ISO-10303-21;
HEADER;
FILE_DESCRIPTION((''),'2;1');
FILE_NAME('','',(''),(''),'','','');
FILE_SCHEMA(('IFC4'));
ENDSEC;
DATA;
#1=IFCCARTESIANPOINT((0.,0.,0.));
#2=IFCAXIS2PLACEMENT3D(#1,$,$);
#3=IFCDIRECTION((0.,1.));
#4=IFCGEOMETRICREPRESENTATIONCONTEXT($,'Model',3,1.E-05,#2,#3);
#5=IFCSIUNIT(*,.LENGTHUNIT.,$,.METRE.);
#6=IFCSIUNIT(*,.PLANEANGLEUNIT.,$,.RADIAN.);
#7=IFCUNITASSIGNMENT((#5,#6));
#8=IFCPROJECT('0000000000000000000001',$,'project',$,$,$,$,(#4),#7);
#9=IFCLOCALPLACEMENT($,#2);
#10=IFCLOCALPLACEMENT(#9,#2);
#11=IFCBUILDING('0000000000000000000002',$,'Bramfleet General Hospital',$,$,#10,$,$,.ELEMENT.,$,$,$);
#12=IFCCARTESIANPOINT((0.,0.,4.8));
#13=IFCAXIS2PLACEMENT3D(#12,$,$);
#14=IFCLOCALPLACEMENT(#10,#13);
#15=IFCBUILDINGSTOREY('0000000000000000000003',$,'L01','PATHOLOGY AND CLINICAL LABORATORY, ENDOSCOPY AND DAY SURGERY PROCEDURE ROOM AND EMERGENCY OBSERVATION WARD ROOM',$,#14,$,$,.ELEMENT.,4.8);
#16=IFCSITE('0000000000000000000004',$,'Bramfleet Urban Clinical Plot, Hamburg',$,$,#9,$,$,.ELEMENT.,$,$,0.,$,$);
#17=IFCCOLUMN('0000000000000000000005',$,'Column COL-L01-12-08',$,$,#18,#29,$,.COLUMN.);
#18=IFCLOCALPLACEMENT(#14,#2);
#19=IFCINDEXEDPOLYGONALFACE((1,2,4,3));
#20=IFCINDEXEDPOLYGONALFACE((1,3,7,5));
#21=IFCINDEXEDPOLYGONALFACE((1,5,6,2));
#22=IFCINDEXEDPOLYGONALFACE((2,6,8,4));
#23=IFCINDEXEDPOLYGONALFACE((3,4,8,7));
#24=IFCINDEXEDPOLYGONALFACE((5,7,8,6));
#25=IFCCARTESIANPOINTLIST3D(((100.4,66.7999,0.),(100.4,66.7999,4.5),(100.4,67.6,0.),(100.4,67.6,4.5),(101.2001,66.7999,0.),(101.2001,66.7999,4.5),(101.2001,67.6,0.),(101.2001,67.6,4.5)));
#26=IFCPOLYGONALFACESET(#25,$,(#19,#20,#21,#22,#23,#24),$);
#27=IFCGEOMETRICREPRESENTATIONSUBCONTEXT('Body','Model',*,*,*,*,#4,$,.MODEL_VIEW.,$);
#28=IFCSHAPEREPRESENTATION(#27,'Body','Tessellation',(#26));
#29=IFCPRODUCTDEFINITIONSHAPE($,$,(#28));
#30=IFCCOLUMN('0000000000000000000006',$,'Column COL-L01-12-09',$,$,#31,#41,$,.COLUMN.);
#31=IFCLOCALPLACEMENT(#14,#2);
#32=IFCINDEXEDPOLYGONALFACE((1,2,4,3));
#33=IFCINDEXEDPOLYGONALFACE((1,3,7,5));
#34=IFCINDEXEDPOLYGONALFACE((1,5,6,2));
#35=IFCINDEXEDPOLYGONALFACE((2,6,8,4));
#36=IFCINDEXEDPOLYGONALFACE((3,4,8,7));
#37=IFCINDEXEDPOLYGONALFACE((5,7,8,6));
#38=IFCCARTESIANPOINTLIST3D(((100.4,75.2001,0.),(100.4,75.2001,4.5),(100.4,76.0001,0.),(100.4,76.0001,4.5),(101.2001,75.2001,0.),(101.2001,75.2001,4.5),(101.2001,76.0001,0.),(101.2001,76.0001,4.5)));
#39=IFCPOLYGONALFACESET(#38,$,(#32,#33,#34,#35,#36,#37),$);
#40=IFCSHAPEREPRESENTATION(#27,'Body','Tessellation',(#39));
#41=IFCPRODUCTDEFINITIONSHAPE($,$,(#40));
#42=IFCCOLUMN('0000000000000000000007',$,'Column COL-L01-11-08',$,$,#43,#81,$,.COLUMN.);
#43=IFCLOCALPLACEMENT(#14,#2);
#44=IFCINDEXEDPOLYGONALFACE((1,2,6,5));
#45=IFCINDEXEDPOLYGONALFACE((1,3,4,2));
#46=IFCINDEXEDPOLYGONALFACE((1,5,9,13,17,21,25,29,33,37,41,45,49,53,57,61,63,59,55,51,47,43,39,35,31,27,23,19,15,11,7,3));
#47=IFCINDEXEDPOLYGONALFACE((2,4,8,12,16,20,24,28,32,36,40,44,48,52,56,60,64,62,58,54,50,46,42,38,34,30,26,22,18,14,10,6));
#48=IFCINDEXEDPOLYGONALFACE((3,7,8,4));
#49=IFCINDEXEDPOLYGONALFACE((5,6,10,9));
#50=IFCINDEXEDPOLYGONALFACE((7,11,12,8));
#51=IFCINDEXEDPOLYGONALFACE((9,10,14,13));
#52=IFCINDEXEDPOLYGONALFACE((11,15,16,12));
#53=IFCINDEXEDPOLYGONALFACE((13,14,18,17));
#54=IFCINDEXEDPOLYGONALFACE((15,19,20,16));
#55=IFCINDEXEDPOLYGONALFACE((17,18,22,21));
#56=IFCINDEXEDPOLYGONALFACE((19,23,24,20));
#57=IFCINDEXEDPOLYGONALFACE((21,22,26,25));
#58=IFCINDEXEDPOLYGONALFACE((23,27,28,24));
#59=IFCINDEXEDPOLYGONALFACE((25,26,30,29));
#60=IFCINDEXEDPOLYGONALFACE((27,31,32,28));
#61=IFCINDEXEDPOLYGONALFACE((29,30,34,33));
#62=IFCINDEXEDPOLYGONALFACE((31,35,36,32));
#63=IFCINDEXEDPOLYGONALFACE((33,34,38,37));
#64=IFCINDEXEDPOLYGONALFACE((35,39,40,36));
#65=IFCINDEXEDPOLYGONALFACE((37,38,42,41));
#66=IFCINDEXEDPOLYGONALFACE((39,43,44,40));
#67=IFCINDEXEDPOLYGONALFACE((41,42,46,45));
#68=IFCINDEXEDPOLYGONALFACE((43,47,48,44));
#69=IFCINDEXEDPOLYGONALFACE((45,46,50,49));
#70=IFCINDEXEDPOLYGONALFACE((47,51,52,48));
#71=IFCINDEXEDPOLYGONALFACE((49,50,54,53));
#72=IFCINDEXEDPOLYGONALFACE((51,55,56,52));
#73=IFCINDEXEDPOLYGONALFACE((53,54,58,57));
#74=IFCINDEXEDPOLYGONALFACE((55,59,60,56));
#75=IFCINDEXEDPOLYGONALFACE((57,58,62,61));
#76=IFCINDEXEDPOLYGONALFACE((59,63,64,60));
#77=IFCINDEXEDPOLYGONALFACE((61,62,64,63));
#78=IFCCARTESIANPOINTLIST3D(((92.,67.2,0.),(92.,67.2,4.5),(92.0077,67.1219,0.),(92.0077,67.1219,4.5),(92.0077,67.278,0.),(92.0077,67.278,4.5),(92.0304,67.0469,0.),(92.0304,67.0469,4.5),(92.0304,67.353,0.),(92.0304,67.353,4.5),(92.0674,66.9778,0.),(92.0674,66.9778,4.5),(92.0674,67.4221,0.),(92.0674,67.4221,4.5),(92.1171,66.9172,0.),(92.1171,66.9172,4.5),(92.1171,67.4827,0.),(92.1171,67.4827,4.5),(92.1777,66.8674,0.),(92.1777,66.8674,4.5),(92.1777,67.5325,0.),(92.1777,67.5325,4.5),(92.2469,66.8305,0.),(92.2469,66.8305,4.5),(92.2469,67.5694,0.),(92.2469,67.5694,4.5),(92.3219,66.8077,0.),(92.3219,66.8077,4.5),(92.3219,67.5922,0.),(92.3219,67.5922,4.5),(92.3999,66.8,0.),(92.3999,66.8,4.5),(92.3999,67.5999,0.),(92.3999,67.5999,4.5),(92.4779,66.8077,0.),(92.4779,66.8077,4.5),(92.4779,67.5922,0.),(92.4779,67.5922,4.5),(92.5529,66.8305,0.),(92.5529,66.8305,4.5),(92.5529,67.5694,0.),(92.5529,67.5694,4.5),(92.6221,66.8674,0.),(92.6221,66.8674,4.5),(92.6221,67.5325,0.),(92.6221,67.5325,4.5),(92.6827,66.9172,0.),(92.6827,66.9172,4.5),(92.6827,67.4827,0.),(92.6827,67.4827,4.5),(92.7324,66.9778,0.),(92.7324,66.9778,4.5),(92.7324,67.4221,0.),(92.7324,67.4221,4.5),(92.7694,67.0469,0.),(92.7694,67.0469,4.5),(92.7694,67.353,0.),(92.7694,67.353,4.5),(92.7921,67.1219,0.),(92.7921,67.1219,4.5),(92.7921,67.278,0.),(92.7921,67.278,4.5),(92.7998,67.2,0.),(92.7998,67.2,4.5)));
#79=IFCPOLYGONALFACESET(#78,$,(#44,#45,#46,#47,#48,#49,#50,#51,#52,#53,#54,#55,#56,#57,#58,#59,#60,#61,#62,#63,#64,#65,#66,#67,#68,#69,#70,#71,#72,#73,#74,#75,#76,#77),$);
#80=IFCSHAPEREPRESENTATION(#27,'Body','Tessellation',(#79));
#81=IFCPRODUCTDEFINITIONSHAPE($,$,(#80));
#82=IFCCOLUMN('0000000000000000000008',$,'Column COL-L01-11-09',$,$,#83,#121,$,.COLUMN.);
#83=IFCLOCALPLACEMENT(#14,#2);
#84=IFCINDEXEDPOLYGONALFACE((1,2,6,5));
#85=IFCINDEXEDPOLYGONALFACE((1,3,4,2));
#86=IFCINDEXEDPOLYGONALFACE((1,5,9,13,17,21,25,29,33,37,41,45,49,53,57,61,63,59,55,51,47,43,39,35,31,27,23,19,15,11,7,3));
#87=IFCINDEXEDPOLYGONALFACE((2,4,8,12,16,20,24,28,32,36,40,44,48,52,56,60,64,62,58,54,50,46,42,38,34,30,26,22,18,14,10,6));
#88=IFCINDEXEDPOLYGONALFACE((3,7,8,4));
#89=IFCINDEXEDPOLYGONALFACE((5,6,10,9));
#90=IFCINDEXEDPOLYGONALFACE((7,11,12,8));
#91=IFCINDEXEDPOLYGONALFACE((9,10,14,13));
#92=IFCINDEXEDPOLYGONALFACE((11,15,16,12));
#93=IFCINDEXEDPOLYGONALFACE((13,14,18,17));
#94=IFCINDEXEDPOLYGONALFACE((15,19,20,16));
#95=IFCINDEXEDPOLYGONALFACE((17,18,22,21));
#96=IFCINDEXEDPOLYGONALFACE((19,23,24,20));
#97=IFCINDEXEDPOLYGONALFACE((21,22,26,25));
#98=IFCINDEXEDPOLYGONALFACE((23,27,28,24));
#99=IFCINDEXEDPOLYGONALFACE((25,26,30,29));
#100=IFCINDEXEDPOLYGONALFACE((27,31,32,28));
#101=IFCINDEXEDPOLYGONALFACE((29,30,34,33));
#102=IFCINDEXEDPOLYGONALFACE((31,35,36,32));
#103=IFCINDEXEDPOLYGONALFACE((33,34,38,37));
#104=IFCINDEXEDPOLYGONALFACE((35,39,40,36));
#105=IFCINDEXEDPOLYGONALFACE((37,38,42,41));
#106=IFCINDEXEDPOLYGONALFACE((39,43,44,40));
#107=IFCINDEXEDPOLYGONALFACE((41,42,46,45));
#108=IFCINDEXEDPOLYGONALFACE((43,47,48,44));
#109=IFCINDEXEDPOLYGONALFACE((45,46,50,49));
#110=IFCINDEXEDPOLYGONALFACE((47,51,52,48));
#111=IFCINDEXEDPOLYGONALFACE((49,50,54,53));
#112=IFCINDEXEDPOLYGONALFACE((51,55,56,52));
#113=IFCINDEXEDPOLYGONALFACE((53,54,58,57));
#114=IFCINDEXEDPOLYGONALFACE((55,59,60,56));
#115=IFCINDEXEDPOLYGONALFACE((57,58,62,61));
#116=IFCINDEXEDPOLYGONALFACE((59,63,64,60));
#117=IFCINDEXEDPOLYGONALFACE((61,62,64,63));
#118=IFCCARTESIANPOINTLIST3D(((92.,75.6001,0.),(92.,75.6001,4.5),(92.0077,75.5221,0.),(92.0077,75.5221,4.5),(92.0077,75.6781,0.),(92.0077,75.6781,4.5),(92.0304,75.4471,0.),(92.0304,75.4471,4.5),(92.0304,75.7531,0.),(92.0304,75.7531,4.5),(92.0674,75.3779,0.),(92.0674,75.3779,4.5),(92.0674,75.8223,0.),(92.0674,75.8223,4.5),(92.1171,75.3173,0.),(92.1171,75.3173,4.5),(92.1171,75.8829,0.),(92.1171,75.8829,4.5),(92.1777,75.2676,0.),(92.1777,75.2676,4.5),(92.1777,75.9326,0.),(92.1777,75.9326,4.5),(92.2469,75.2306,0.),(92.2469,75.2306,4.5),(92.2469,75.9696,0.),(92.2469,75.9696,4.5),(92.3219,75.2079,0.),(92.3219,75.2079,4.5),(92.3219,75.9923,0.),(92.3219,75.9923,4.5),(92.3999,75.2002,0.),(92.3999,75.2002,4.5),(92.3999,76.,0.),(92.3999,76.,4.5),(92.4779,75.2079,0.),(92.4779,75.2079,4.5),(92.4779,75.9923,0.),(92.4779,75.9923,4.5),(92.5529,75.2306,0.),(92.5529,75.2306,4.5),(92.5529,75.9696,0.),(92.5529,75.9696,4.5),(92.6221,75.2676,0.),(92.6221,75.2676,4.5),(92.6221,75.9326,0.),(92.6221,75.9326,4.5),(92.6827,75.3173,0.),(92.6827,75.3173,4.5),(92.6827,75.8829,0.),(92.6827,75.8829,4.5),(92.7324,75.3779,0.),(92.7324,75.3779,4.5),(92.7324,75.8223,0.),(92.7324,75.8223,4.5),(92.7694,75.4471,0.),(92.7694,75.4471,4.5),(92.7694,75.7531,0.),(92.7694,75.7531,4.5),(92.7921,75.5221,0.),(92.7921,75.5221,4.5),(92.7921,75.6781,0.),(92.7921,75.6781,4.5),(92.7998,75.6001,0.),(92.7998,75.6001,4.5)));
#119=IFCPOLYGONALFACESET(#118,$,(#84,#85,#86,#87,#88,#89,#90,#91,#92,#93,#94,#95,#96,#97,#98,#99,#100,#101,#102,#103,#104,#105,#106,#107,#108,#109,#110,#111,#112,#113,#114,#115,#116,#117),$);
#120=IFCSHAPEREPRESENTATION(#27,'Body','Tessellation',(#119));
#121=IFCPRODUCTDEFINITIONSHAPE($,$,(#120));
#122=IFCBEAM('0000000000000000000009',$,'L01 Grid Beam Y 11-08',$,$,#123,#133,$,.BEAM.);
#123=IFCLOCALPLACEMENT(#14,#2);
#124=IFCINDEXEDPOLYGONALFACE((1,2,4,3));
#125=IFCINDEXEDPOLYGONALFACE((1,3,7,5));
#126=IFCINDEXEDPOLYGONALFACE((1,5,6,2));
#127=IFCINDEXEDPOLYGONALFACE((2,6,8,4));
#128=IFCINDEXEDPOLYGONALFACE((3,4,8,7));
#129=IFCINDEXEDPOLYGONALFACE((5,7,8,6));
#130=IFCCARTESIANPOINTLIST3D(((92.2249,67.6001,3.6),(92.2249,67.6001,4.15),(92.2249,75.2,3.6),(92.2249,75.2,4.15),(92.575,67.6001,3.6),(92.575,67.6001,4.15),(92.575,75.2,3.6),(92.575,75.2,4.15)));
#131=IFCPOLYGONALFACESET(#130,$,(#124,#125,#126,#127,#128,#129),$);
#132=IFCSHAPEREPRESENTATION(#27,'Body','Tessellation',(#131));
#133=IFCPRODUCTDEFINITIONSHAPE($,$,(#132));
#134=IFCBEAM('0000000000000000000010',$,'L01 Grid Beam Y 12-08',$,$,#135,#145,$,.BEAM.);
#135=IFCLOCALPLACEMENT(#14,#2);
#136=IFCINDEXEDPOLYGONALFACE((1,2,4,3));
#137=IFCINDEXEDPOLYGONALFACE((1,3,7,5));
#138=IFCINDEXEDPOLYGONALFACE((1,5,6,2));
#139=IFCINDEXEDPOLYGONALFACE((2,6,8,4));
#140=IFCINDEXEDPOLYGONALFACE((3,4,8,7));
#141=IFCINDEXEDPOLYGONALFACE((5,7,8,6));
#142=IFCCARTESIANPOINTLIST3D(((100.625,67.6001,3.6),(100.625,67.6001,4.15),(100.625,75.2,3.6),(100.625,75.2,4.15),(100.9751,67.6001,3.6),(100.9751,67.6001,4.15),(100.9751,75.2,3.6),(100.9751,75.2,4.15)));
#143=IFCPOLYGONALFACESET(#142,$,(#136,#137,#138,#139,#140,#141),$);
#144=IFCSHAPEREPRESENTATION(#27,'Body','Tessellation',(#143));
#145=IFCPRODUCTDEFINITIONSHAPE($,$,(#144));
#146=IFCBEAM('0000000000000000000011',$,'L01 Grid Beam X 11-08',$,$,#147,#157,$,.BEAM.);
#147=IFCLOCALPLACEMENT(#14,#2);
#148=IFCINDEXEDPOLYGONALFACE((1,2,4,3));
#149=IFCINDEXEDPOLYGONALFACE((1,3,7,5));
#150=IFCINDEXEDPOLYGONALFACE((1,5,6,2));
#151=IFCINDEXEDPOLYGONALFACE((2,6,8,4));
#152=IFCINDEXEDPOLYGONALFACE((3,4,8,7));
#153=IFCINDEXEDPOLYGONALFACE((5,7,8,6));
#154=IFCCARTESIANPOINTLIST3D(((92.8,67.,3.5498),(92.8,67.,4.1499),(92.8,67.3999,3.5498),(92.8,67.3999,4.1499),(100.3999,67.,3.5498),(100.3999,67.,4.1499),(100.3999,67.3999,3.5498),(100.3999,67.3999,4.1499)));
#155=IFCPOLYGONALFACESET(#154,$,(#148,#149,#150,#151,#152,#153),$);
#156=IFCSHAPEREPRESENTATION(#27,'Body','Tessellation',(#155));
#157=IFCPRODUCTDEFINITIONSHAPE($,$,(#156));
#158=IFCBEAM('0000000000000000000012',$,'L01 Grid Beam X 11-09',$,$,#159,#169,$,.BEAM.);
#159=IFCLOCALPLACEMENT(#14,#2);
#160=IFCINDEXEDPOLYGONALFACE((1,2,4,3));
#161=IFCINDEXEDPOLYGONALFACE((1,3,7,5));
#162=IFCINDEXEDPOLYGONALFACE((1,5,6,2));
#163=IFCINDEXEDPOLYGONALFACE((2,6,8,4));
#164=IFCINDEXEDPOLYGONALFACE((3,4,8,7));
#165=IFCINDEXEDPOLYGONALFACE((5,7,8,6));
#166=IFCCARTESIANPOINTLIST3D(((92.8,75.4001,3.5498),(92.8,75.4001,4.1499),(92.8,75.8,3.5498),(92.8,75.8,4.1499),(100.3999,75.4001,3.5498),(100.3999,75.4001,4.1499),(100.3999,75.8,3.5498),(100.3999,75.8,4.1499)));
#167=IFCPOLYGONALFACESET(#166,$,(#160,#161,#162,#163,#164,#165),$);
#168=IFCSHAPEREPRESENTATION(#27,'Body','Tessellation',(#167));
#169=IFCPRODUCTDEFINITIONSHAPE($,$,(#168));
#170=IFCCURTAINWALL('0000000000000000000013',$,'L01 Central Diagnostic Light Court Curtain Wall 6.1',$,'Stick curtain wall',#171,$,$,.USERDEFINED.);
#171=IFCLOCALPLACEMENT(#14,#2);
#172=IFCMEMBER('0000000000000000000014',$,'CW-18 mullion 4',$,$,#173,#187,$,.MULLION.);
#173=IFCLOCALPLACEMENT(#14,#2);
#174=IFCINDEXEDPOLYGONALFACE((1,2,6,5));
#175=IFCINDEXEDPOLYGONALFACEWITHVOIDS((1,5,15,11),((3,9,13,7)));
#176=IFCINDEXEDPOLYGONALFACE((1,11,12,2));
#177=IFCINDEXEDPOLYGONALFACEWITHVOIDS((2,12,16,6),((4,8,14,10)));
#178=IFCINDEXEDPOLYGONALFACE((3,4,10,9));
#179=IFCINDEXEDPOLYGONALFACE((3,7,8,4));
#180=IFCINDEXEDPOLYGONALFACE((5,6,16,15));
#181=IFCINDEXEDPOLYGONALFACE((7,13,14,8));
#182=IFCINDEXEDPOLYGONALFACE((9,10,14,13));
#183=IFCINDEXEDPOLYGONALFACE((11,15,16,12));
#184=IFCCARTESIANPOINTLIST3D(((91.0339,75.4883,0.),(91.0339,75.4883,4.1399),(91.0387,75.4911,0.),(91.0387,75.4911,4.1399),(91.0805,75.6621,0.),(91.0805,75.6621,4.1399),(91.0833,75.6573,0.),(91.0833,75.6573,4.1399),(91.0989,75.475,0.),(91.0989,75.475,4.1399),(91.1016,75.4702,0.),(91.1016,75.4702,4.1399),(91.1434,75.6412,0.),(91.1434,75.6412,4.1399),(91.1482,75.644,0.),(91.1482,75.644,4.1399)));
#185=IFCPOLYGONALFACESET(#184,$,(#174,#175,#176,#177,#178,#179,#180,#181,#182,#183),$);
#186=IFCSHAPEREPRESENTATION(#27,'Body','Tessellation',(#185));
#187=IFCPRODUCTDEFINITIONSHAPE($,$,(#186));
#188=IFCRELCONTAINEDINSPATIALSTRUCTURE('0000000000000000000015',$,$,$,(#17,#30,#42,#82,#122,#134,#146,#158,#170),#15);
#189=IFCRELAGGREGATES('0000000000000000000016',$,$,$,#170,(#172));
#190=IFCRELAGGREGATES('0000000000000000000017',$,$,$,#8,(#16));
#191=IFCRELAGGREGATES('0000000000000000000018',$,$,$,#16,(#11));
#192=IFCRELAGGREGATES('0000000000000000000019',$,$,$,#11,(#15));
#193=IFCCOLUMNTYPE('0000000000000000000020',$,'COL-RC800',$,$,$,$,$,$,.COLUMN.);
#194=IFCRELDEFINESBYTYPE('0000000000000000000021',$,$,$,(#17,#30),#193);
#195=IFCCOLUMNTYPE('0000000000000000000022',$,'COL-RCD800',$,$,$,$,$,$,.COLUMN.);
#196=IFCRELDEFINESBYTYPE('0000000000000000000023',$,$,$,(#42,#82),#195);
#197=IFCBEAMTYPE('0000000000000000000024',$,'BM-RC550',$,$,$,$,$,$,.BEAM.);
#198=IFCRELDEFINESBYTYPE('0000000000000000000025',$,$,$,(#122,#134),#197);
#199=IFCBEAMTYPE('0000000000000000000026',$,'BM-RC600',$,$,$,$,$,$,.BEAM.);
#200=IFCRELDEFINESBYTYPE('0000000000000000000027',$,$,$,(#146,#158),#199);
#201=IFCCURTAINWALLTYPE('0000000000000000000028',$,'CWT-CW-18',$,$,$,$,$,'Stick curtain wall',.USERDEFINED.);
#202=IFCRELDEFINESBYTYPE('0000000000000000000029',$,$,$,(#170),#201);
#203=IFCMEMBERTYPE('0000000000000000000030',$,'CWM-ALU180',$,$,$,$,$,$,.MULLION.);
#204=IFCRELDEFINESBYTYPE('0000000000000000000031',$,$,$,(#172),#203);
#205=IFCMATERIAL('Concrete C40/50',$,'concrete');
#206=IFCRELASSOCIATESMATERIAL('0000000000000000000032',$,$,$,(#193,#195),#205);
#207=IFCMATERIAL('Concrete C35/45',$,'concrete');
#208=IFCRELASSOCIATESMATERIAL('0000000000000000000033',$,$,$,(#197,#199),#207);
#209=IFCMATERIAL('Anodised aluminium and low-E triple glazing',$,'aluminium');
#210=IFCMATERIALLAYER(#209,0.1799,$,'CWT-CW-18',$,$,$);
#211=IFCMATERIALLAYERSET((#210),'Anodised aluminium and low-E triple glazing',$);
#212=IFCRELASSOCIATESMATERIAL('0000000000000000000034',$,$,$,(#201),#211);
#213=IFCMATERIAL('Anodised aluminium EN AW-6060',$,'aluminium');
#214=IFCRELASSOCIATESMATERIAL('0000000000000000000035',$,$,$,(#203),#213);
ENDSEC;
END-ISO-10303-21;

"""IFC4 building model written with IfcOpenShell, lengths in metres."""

from ifc_helpers import new_model, si_unit, direction, frame, origin, origin_2d, place, context, subcontext, project, spatial, rectangle, hollow_rectangle, circle, extrude, material, layer, layer_set, material_profile, profile_set, type_object, element, aggregate, save


model = new_model("IFC4")

# Units and contexts
model_context = context("Model", 3, precision=1e-05, world=origin(), true_north=direction((0.0, 1.0)))
body_context = subcontext(model_context, "Body", "Model", "MODEL_VIEW")
ifc_project = project(units=[si_unit("LENGTHUNIT", "METRE"), si_unit("PLANEANGLEUNIT", "RADIAN")], contexts=[model_context])

# Site, building, storey
site_placement = place(None, origin())
site = spatial("IfcSite", under=ifc_project, at=site_placement, Name="Bramfleet Urban Clinical Plot, Hamburg", CompositionType="ELEMENT", RefElevation=0.0)
building_placement = place(site_placement, origin())
building = spatial("IfcBuilding", under=site, at=building_placement, Name="Bramfleet General Hospital", CompositionType="ELEMENT")
storey_placement = place(building_placement, frame((0.0, 0.0, 4.8)))
storey = spatial("IfcBuildingStorey", under=building, at=storey_placement, Name="L01", Description="PATHOLOGY AND CLINICAL LABORATORY, ENDOSCOPY AND DAY SURGERY PROCEDURE ROOM AND EMERGENCY OBSERVATION WARD ROOM", CompositionType="ELEMENT", Elevation=4.8)

# Columns
ifc_material_1 = material(Name="Concrete C40/50", Category="concrete")
ifc_material_profile_1 = material_profile(ifc_material_1, rectangle(XDim=0.8, YDim=0.8, at=origin_2d()), Name="RC COL 800x800")
ifc_profile_set_1 = profile_set([ifc_material_profile_1], Name="Concrete C40/50")
column_type_1 = type_object("IfcColumnType", Name="COL-RC800", PredefinedType="COLUMN", material=ifc_profile_set_1)
for number, where, z_axis, x_axis, name in (
    (1, (100.8, 67.2, 0.0), (0.0, 0.0, 1.0), (1.0, 0.0, 0.0), "Column COL-L01-12-08"),
    (2, (100.8, 75.6001, 0.0), (0.0, 0.0, 1.0), (1.0, 0.0, 0.0), "Column COL-L01-12-09"),
):
    element("IfcColumn", number, at=place(storey_placement, frame(where, z_axis=z_axis, x_axis=x_axis)), inside=storey, type_object=column_type_1, Name=name, PredefinedType="COLUMN", context=body_context, shape_type="SweptSolid", body=[
        extrude(rectangle(XDim=0.8, YDim=0.8, at=origin_2d()), origin(), (0.0, 0.0, 1.0), 4.5),
    ])
ifc_material_profile_2 = material_profile(ifc_material_1, circle(Radius=0.3999, at=origin_2d()), Name="RC ROUND D800")
ifc_profile_set_2 = profile_set([ifc_material_profile_2], Name="Concrete C40/50")
column_type_2 = type_object("IfcColumnType", Name="COL-RCD800", PredefinedType="COLUMN", material=ifc_profile_set_2)
for number, where, z_axis, x_axis, name in (
    (3, (92.3999, 67.2, 0.0), (0.0, 0.0, 1.0), (1.0, 0.0, 0.0), "Column COL-L01-11-08"),
    (4, (92.3999, 75.6001, 0.0), (0.0, 0.0, 1.0), (1.0, 0.0, 0.0), "Column COL-L01-11-09"),
):
    element("IfcColumn", number, at=place(storey_placement, frame(where, z_axis=z_axis, x_axis=x_axis)), inside=storey, type_object=column_type_2, Name=name, PredefinedType="COLUMN", context=body_context, shape_type="SweptSolid", body=[
        extrude(circle(Radius=0.3999, at=origin_2d()), origin(), (0.0, 0.0, 1.0), 4.5),
    ])

# Beams
ifc_material_2 = material(Name="Concrete C35/45", Category="concrete")
ifc_material_profile_3 = material_profile(ifc_material_2, rectangle(XDim=0.3501, YDim=0.55, at=origin_2d()), Name="RC BM 550x350")
ifc_profile_set_3 = profile_set([ifc_material_profile_3], Name="Concrete C35/45")
beam_type_1 = type_object("IfcBeamType", Name="BM-RC550", PredefinedType="BEAM", material=ifc_profile_set_3)
for number, where, z_axis, x_axis, name in (
    (5, (92.3999, 67.6001, 3.875), (0.0, 1.0, 0.0), (-1.0, 0.0, 0.0), "L01 Grid Beam Y 11-08"),
    (6, (100.8, 67.6001, 3.875), (0.0, 1.0, 0.0), (-1.0, 0.0, 0.0), "L01 Grid Beam Y 12-08"),
):
    element("IfcBeam", number, at=place(storey_placement, frame(where, z_axis=z_axis, x_axis=x_axis)), inside=storey, type_object=beam_type_1, Name=name, PredefinedType="BEAM", context=body_context, shape_type="SweptSolid", body=[
        extrude(rectangle(XDim=0.3501, YDim=0.55, at=origin_2d()), origin(), (0.0, 0.0, 1.0), 7.5999),
    ])
ifc_material_profile_4 = material_profile(ifc_material_2, rectangle(XDim=0.3999, YDim=0.6001, at=origin_2d()), Name="RC BM 600x400")
ifc_profile_set_4 = profile_set([ifc_material_profile_4], Name="Concrete C35/45")
beam_type_2 = type_object("IfcBeamType", Name="BM-RC600", PredefinedType="BEAM", material=ifc_profile_set_4)
for number, where, z_axis, x_axis, name in (
    (7, (92.8, 67.2, 3.8499), (1.0, 0.0, 0.0), (0.0, 1.0, 0.0), "L01 Grid Beam X 11-08"),
    (8, (92.8, 75.6001, 3.8499), (1.0, 0.0, 0.0), (0.0, 1.0, 0.0), "L01 Grid Beam X 11-09"),
):
    element("IfcBeam", number, at=place(storey_placement, frame(where, z_axis=z_axis, x_axis=x_axis)), inside=storey, type_object=beam_type_2, Name=name, PredefinedType="BEAM", context=body_context, shape_type="SweptSolid", body=[
        extrude(rectangle(XDim=0.3999, YDim=0.6001, at=origin_2d()), origin(), (0.0, 0.0, 1.0), 7.5999),
    ])

# Curtain wall, member
ifc_material_3 = material(Name="Anodised aluminium and low-E triple glazing", Category="aluminium")
ifc_layer_1 = layer(ifc_material_3, 0.1799, Name="CWT-CW-18")
ifc_layer_set_1 = layer_set([ifc_layer_1], Name="Anodised aluminium and low-E triple glazing")
curtain_wall_type = type_object("IfcCurtainWallType", Name="CWT-CW-18", ElementType="Stick curtain wall", PredefinedType="USERDEFINED", material=ifc_layer_set_1)
curtain_wall_placement = place(storey_placement, origin())
curtain_wall = element("IfcCurtainWall", 9, at=curtain_wall_placement, inside=storey, type_object=curtain_wall_type, Name="L01 Central Diagnostic Light Court Curtain Wall 6.1", ObjectType="Stick curtain wall", PredefinedType="USERDEFINED")
ifc_material_4 = material(Name="Anodised aluminium EN AW-6060", Category="aluminium")
ifc_material_profile_5 = material_profile(ifc_material_4, hollow_rectangle(XDim=0.0701, YDim=0.1799, WallThickness=0.0039, at=origin_2d()), Name="ALU 180x70x4.0")
ifc_profile_set_5 = profile_set([ifc_material_profile_5], Name="Anodised aluminium EN AW-6060")
member_type_1 = type_object("IfcMemberType", Name="CWM-ALU180", PredefinedType="MULLION", material=ifc_profile_set_5)
member_1_placement = place(storey_placement, frame((91.0911, 75.5662, 0.0), z_axis=(0.0, 0.0, 1.0), x_axis=(-0.965941, 0.258763, 0.0)))
member_1 = element("IfcMember", 10, at=member_1_placement, type_object=member_type_1, Name="CW-18 mullion 4", PredefinedType="MULLION", context=body_context, shape_type="SweptSolid", body=[
    extrude(hollow_rectangle(XDim=0.0701, YDim=0.1799, WallThickness=0.0039, at=origin_2d()), origin(), (0.0, 0.0, 1.0), 4.1399),
])
aggregate(curtain_wall, [member_1])

save(model, "model.ifc")
